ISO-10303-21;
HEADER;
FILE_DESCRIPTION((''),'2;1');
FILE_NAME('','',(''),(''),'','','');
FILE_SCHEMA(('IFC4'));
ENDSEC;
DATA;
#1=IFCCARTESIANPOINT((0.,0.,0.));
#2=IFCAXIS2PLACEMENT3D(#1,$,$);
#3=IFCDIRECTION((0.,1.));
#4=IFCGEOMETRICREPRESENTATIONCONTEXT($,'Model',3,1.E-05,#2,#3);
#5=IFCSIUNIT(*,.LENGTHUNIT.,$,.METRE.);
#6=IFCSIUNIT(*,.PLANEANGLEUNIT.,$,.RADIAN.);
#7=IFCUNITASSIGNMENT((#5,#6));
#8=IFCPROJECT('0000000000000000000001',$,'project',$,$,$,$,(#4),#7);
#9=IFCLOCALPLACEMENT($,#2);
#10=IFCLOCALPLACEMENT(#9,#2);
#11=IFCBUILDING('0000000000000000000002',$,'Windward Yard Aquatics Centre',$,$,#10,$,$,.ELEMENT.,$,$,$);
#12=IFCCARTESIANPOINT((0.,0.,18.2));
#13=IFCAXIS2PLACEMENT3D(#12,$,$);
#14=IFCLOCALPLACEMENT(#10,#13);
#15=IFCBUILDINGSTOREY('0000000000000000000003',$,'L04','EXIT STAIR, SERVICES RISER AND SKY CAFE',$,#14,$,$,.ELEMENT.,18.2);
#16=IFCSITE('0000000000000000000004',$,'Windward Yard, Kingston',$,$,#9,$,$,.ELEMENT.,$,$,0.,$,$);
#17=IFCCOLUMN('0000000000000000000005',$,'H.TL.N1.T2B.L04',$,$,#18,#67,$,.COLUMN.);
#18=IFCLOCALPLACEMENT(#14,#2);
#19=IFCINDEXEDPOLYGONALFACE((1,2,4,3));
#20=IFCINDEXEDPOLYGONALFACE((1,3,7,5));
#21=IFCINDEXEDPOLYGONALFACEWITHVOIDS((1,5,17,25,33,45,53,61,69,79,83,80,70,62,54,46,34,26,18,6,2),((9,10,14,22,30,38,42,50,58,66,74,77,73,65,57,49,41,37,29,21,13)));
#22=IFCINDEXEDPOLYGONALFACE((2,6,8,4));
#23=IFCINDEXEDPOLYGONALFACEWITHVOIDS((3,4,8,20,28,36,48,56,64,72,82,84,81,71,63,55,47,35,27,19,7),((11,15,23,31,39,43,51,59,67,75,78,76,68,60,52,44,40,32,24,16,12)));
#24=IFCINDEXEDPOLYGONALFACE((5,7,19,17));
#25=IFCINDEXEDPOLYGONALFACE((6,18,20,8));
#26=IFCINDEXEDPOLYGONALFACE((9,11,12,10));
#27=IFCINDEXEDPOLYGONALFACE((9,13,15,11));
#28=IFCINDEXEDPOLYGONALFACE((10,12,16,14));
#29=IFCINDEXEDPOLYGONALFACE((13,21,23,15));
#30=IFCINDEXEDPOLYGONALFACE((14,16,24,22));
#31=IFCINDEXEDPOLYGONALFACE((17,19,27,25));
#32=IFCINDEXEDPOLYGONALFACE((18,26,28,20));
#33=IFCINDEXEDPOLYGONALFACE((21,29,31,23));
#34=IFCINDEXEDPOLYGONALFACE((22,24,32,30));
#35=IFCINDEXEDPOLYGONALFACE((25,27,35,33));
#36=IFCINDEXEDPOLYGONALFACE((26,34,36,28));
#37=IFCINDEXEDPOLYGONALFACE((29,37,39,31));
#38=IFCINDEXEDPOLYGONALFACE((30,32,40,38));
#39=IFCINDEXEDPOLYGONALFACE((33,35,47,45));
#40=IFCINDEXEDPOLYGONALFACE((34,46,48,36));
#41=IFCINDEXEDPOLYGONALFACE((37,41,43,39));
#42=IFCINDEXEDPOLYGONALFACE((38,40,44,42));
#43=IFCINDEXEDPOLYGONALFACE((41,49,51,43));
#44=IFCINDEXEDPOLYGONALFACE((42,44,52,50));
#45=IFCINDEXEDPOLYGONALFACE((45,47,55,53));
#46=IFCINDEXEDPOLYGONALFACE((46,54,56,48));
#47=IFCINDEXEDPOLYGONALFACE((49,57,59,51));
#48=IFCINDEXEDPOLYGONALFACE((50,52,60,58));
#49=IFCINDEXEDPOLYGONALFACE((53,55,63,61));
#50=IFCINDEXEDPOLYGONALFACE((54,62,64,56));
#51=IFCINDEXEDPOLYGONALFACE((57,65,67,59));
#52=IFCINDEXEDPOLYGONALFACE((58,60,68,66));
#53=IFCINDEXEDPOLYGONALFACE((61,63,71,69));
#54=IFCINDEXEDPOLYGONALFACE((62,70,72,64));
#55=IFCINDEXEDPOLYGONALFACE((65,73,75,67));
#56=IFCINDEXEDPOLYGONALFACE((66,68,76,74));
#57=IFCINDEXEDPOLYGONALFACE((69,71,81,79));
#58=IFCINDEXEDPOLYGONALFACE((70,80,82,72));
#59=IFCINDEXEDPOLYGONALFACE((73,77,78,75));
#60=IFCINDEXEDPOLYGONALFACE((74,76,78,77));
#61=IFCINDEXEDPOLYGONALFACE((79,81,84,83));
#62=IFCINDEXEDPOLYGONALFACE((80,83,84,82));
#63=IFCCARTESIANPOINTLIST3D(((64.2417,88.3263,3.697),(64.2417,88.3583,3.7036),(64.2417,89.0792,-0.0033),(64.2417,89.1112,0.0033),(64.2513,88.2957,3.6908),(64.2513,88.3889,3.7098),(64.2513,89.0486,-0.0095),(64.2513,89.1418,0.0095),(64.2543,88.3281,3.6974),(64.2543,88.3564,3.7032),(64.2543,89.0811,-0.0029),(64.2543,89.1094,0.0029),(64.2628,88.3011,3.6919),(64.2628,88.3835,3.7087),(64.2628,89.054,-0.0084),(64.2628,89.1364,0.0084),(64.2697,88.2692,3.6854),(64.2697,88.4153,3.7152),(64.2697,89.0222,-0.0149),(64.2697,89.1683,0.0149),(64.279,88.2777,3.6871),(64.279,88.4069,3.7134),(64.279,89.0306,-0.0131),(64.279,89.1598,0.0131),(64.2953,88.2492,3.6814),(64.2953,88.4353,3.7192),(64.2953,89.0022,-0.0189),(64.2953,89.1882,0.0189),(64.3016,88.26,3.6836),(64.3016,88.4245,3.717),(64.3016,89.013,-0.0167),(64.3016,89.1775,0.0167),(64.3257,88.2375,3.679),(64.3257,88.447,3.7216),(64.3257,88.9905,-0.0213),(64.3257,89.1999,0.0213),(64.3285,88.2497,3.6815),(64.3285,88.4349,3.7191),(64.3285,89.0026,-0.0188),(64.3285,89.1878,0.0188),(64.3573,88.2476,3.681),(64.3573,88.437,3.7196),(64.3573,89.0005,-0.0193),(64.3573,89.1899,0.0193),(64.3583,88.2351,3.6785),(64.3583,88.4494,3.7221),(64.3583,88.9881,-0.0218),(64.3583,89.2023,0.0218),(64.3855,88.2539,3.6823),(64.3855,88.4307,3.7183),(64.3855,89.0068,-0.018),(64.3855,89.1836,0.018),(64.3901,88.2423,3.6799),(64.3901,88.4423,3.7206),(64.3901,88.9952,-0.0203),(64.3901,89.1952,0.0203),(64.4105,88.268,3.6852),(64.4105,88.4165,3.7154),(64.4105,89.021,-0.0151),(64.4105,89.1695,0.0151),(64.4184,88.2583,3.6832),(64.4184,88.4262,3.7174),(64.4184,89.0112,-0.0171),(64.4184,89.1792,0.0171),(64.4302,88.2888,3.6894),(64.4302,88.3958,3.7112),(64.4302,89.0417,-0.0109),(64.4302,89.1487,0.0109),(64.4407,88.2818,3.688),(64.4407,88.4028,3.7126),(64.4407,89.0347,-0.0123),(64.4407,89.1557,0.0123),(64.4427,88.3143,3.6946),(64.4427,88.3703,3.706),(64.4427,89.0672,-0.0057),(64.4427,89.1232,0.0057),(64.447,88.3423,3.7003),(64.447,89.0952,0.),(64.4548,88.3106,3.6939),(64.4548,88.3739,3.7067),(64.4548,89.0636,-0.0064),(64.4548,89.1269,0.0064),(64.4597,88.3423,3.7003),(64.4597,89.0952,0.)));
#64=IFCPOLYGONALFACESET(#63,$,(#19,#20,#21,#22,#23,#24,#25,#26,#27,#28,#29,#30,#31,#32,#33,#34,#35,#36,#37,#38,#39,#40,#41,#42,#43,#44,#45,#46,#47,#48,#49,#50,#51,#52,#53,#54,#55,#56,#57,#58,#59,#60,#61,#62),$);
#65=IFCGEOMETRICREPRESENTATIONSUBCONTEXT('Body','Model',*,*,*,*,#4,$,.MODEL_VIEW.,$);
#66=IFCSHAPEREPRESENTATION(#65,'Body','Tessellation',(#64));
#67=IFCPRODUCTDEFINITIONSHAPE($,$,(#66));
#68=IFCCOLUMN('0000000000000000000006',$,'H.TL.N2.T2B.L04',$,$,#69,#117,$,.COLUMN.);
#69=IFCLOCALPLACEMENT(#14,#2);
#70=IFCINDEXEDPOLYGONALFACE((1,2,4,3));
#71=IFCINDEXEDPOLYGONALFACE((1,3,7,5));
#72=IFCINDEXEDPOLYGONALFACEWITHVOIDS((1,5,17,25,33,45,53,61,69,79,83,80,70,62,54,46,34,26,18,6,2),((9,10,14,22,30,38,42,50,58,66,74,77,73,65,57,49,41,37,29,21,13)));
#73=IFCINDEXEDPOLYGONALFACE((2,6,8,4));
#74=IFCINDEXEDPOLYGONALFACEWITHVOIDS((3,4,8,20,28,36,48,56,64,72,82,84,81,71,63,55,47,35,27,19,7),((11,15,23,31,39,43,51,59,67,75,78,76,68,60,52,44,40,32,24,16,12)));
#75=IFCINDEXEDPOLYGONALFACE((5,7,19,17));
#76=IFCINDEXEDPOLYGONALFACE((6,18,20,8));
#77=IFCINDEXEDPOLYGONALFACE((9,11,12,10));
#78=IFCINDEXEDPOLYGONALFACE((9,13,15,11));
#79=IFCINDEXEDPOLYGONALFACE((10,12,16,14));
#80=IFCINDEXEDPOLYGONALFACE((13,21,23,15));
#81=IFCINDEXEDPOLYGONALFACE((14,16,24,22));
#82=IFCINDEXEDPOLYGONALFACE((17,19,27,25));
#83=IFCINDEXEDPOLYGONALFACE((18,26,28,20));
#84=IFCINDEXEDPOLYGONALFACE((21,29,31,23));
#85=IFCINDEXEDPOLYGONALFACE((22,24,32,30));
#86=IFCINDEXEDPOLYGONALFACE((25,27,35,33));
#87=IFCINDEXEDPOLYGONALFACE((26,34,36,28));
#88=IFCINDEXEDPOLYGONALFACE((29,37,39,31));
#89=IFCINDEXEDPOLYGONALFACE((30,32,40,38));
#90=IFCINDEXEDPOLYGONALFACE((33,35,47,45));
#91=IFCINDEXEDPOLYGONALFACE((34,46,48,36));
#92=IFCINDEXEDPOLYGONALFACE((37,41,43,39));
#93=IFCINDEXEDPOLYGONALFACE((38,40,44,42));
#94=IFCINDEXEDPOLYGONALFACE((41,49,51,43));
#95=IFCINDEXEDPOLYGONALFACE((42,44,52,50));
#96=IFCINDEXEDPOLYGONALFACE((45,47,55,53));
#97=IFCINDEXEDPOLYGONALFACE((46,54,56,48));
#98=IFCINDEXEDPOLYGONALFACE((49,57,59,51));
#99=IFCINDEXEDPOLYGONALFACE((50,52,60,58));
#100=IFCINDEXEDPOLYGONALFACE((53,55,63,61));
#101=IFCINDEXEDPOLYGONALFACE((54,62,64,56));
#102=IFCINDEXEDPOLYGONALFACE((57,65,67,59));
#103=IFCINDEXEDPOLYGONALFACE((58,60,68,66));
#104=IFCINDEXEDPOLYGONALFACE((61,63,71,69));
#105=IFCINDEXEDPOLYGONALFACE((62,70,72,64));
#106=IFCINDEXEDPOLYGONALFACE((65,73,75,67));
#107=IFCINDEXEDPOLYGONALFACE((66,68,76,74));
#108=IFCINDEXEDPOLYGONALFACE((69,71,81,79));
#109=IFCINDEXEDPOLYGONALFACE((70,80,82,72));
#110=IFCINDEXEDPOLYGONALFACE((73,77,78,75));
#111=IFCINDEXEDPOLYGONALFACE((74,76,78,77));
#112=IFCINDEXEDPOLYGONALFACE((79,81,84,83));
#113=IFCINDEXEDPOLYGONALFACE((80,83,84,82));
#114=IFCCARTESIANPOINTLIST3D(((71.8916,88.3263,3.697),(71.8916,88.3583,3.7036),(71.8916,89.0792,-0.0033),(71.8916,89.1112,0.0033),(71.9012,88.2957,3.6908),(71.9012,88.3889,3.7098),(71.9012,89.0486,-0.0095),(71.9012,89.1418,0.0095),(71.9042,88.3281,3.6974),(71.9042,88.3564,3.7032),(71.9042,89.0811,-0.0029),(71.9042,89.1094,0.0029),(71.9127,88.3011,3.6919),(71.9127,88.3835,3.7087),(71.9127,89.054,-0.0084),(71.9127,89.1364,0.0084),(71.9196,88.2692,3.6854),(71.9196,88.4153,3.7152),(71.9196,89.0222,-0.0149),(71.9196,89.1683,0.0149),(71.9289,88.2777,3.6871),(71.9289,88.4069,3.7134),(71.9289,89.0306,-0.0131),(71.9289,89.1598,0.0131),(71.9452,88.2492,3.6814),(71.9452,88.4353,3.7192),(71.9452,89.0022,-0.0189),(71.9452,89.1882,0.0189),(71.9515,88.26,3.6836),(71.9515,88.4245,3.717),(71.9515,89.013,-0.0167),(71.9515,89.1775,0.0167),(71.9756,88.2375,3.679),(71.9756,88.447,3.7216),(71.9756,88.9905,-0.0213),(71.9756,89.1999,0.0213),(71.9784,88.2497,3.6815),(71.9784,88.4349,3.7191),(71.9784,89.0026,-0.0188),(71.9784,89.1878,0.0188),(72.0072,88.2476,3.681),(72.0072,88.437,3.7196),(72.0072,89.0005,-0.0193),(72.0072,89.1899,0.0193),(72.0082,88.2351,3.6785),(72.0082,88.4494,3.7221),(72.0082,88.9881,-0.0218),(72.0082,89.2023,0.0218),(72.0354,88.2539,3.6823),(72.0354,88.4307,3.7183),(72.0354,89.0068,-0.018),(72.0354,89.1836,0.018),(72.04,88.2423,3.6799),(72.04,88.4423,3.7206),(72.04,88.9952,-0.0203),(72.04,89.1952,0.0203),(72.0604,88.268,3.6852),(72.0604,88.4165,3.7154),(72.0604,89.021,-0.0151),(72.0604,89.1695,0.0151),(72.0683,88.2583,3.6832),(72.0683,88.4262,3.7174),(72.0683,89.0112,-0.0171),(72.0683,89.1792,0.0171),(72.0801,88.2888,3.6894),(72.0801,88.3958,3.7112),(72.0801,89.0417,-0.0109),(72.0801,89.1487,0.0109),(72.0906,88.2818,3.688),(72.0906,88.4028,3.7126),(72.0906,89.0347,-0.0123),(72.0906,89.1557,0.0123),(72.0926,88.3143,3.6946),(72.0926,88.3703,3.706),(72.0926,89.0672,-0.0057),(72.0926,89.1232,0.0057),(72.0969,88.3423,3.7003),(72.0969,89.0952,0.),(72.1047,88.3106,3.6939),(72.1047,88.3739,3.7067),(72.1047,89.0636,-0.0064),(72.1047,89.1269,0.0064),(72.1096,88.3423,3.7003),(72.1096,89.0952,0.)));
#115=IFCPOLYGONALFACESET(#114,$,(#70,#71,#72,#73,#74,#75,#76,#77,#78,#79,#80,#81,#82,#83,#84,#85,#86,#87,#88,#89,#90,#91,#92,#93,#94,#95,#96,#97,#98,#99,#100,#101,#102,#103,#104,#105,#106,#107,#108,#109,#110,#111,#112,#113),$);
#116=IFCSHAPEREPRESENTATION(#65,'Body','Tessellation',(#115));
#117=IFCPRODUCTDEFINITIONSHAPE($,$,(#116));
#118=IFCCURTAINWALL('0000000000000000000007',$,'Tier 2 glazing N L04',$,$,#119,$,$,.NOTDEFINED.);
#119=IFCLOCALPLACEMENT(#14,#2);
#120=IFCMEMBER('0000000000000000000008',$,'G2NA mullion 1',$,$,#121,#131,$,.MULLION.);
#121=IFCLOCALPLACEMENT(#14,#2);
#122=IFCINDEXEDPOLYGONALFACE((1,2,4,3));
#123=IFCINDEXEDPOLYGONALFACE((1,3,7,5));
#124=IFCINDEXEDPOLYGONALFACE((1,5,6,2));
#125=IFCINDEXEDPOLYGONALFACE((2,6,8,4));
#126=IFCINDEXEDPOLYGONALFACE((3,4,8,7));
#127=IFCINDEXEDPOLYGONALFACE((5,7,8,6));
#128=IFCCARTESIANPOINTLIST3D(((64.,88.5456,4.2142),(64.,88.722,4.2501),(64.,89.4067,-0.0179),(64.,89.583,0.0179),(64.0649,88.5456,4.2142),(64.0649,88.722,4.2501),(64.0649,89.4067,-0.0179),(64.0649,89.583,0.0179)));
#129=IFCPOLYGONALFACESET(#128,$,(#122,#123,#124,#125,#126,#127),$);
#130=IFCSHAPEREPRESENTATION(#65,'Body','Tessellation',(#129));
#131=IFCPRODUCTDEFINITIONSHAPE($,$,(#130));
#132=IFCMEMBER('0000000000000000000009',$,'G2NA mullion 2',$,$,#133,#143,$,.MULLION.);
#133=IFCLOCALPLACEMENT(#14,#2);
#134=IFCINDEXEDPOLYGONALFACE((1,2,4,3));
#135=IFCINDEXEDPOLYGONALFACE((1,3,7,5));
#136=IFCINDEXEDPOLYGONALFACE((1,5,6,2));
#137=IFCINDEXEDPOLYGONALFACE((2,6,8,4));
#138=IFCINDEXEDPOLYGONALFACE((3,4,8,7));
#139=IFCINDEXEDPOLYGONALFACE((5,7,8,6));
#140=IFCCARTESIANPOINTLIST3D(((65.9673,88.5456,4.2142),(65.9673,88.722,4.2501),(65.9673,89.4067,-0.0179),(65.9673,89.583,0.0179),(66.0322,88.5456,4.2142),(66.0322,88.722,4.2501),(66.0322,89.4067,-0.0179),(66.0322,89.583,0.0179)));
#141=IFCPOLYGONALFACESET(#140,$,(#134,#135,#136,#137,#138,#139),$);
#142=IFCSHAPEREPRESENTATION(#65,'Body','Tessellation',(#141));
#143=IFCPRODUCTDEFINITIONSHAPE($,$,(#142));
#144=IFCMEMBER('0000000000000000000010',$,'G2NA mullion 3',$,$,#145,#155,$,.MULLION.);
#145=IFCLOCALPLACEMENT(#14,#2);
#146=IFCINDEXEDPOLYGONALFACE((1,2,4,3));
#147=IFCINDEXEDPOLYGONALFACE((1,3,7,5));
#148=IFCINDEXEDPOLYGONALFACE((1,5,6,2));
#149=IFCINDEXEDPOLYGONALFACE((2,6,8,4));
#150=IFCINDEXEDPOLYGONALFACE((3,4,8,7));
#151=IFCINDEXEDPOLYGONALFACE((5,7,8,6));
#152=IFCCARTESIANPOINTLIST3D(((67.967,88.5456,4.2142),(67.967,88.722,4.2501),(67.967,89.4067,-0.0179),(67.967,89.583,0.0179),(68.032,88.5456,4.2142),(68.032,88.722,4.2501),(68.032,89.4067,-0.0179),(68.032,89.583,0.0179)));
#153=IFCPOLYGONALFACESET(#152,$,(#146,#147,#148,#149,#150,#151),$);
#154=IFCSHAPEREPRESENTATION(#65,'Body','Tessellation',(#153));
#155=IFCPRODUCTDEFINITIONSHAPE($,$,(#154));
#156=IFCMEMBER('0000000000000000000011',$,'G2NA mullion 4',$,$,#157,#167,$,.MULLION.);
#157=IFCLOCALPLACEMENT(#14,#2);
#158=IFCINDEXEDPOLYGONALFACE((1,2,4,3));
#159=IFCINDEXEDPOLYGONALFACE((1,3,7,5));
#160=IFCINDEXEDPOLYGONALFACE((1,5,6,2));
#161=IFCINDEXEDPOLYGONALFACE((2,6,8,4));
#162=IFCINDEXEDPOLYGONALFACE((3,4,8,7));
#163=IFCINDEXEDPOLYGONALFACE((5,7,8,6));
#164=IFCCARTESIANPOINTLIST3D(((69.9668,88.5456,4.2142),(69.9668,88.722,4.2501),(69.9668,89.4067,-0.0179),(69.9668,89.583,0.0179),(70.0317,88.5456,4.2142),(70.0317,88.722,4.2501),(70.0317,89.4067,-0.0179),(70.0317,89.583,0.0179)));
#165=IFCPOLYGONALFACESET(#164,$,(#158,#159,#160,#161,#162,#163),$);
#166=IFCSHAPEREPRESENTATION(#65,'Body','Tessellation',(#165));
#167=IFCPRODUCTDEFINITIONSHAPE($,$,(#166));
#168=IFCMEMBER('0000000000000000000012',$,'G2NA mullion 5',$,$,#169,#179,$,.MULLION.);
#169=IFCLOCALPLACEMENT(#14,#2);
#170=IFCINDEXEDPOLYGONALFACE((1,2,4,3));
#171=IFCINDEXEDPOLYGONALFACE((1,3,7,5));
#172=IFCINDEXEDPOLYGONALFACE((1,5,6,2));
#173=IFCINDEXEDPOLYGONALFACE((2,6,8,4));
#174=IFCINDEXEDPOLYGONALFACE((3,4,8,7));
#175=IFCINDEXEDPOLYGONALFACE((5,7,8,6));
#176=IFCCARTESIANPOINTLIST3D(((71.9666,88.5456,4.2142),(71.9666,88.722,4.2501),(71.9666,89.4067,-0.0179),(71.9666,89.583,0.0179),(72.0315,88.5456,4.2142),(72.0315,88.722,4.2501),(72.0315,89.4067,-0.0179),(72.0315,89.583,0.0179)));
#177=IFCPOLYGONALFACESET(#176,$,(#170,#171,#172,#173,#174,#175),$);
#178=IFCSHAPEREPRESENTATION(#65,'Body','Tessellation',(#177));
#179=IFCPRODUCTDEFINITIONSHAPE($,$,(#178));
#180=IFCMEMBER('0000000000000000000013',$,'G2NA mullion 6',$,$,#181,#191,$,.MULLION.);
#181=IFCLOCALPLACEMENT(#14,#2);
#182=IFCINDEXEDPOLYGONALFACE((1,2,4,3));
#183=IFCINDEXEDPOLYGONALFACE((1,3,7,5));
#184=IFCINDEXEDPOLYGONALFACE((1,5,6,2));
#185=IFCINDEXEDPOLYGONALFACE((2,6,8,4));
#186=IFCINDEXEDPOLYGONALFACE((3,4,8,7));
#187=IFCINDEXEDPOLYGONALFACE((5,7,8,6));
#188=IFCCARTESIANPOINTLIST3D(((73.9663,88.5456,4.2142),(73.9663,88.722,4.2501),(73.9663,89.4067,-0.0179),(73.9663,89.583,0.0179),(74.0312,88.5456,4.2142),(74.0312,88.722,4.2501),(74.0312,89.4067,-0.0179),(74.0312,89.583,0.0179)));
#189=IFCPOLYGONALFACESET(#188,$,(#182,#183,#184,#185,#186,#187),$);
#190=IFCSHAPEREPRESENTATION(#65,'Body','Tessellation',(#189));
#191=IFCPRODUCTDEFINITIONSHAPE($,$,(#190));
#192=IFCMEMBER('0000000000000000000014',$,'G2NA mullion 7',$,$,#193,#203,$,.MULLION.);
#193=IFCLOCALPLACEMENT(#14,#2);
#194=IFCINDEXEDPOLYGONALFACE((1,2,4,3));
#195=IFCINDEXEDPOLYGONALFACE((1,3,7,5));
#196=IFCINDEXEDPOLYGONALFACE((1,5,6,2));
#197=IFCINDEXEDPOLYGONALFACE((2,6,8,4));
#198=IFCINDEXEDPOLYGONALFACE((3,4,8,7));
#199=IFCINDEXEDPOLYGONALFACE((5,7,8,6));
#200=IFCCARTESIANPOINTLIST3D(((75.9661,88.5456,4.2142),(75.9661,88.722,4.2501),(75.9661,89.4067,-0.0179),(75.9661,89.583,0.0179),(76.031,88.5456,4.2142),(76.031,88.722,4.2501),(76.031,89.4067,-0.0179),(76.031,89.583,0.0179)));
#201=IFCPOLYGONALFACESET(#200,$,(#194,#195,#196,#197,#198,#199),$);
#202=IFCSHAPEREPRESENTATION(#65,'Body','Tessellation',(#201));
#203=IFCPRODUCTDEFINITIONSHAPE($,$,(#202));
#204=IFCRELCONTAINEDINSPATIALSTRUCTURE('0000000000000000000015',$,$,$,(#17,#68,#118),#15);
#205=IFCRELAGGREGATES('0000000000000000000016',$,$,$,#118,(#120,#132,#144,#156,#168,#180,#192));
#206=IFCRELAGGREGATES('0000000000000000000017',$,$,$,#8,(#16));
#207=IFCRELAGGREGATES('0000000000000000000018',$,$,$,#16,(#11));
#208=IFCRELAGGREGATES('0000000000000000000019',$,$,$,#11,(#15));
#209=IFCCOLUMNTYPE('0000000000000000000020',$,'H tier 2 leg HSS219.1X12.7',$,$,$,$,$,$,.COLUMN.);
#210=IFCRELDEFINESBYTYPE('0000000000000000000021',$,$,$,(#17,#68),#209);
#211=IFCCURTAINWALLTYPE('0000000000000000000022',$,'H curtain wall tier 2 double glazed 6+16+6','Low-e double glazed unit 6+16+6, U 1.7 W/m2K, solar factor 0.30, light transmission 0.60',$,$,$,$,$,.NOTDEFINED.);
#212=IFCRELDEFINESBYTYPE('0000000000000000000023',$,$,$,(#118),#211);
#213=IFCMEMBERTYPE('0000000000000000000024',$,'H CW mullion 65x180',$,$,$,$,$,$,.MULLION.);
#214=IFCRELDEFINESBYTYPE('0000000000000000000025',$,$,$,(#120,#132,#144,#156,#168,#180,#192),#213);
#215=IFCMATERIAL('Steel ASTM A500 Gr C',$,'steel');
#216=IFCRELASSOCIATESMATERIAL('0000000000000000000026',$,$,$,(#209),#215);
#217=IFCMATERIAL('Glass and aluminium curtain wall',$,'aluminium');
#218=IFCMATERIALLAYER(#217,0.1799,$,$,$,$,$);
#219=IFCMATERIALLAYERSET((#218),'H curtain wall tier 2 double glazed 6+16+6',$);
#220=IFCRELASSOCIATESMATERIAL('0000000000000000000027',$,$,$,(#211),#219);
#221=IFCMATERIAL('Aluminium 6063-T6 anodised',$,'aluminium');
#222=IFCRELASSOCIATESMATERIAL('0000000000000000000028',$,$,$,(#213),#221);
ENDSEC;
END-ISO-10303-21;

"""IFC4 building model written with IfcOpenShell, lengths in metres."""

from ifc_helpers import new_model, si_unit, direction, frame, origin, origin_2d, place, context, subcontext, project, spatial, rectangle, hollow_circle, extrude, material, layer, layer_set, material_profile, profile_set, type_object, element, aggregate, save


model = new_model("IFC4")

# Units and contexts
model_context = context("Model", 3, precision=1e-05, world=origin(), true_north=direction((0.0, 1.0)))
body_context = subcontext(model_context, "Body", "Model", "MODEL_VIEW")
ifc_project = project(units=[si_unit("LENGTHUNIT", "METRE"), si_unit("PLANEANGLEUNIT", "RADIAN")], contexts=[model_context])

# Site, building, storey
site_placement = place(None, origin())
site = spatial("IfcSite", under=ifc_project, at=site_placement, Name="Windward Yard, Kingston", CompositionType="ELEMENT", RefElevation=0.0)
building_placement = place(site_placement, origin())
building = spatial("IfcBuilding", under=site, at=building_placement, Name="Windward Yard Aquatics Centre", CompositionType="ELEMENT")
storey_placement = place(building_placement, frame((0.0, 0.0, 18.2)))
storey = spatial("IfcBuildingStorey", under=building, at=storey_placement, Name="L04", Description="EXIT STAIR, SERVICES RISER AND SKY CAFE", CompositionType="ELEMENT", Elevation=18.2)

# Columns
ifc_material_1 = material(Name="Steel ASTM A500 Gr C", Category="steel")
ifc_material_profile_1 = material_profile(ifc_material_1, hollow_circle(Radius=0.1096, WallThickness=0.0127, at=origin_2d()), Name="HSS219.1X12.7")
ifc_profile_set_1 = profile_set([ifc_material_profile_1], Name="Steel ASTM A500 Gr C")
column_type = type_object("IfcColumnType", Name="H tier 2 leg HSS219.1X12.7", PredefinedType="COLUMN", material=ifc_profile_set_1)
for number, where, z_axis, x_axis, name in (
    (1, (64.3501, 89.0952, 0.0), (0.0, -0.199398, 0.979919), (1.0, 0.0, 0.0), "H.TL.N1.T2B.L04"),
    (2, (72.0, 89.0952, 0.0), (0.0, -0.199398, 0.979919), (1.0, 0.0, 0.0), "H.TL.N2.T2B.L04"),
):
    element("IfcColumn", number, at=place(storey_placement, frame(where, z_axis=z_axis, x_axis=x_axis)), inside=storey, type_object=column_type, Name=name, PredefinedType="COLUMN", context=body_context, shape_type="SweptSolid", body=[
        extrude(hollow_circle(Radius=0.1096, WallThickness=0.0127, at=origin_2d()), origin(), (0.0, 0.0, 1.0), 3.7761),
    ])

# Curtain wall, members
ifc_material_2 = material(Name="Glass and aluminium curtain wall", Category="aluminium")
ifc_layer_1 = layer(ifc_material_2, 0.1799)
ifc_layer_set_1 = layer_set([ifc_layer_1], Name="H curtain wall tier 2 double glazed 6+16+6")
curtain_wall_type = type_object("IfcCurtainWallType", Name="H curtain wall tier 2 double glazed 6+16+6", Description="Low-e double glazed unit 6+16+6, U 1.7 W/m2K, solar factor 0.30, light transmission 0.60", PredefinedType="NOTDEFINED", material=ifc_layer_set_1)
curtain_wall_placement = place(storey_placement, origin())
curtain_wall = element("IfcCurtainWall", 3, at=curtain_wall_placement, inside=storey, type_object=curtain_wall_type, Name="Tier 2 glazing N L04", PredefinedType="NOTDEFINED")
ifc_material_3 = material(Name="Aluminium 6063-T6 anodised", Category="aluminium")
ifc_material_profile_2 = material_profile(ifc_material_3, rectangle(XDim=0.0649, YDim=0.1799, at=origin_2d()), Name="H CW mullion 65x180")
ifc_profile_set_2 = profile_set([ifc_material_profile_2], Name="Aluminium 6063-T6 anodised")
member_type_1 = type_object("IfcMemberType", Name="H CW mullion 65x180", PredefinedType="MULLION", material=ifc_profile_set_2)
member_1_placement = place(storey_placement, frame((64.0325, 89.4949, 0.0), z_axis=(0.0, -0.199376, 0.979923), x_axis=(1.0, 0.0, 0.0)))
member_1 = element("IfcMember", 4, at=member_1_placement, type_object=member_type_1, Name="G2NA mullion 1", PredefinedType="MULLION", context=body_context, shape_type="SweptSolid", body=[
    extrude(rectangle(XDim=0.0649, YDim=0.1799, at=origin_2d()), origin(), (0.0, 0.0, 1.0), 4.3188),
])
member_2_placement = place(storey_placement, frame((65.9998, 89.4949, 0.0), z_axis=(0.0, -0.199376, 0.979923), x_axis=(1.0, 0.0, 0.0)))
member_2 = element("IfcMember", 5, at=member_2_placement, type_object=member_type_1, Name="G2NA mullion 2", PredefinedType="MULLION", context=body_context, shape_type="SweptSolid", body=[
    extrude(rectangle(XDim=0.0649, YDim=0.1799, at=origin_2d()), origin(), (0.0, 0.0, 1.0), 4.3188),
])
member_3_placement = place(storey_placement, frame((67.9995, 89.4949, 0.0), z_axis=(0.0, -0.199376, 0.979923), x_axis=(1.0, 0.0, 0.0)))
member_3 = element("IfcMember", 6, at=member_3_placement, type_object=member_type_1, Name="G2NA mullion 3", PredefinedType="MULLION", context=body_context, shape_type="SweptSolid", body=[
    extrude(rectangle(XDim=0.0649, YDim=0.1799, at=origin_2d()), origin(), (0.0, 0.0, 1.0), 4.3188),
])
member_4_placement = place(storey_placement, frame((69.9993, 89.4949, 0.0), z_axis=(0.0, -0.199376, 0.979923), x_axis=(1.0, 0.0, 0.0)))
member_4 = element("IfcMember", 7, at=member_4_placement, type_object=member_type_1, Name="G2NA mullion 4", PredefinedType="MULLION", context=body_context, shape_type="SweptSolid", body=[
    extrude(rectangle(XDim=0.0649, YDim=0.1799, at=origin_2d()), origin(), (0.0, 0.0, 1.0), 4.3188),
])
member_5_placement = place(storey_placement, frame((71.999, 89.4949, 0.0), z_axis=(0.0, -0.199376, 0.979923), x_axis=(1.0, 0.0, 0.0)))
member_5 = element("IfcMember", 8, at=member_5_placement, type_object=member_type_1, Name="G2NA mullion 5", PredefinedType="MULLION", context=body_context, shape_type="SweptSolid", body=[
    extrude(rectangle(XDim=0.0649, YDim=0.1799, at=origin_2d()), origin(), (0.0, 0.0, 1.0), 4.3188),
])
member_6_placement = place(storey_placement, frame((73.9988, 89.4949, 0.0), z_axis=(0.0, -0.199376, 0.979923), x_axis=(1.0, 0.0, 0.0)))
member_6 = element("IfcMember", 9, at=member_6_placement, type_object=member_type_1, Name="G2NA mullion 6", PredefinedType="MULLION", context=body_context, shape_type="SweptSolid", body=[
    extrude(rectangle(XDim=0.0649, YDim=0.1799, at=origin_2d()), origin(), (0.0, 0.0, 1.0), 4.3188),
])
member_7_placement = place(storey_placement, frame((75.9985, 89.4949, 0.0), z_axis=(0.0, -0.199376, 0.979923), x_axis=(1.0, 0.0, 0.0)))
member_7 = element("IfcMember", 10, at=member_7_placement, type_object=member_type_1, Name="G2NA mullion 7", PredefinedType="MULLION", context=body_context, shape_type="SweptSolid", body=[
    extrude(rectangle(XDim=0.0649, YDim=0.1799, at=origin_2d()), origin(), (0.0, 0.0, 1.0), 4.3188),
])

aggregate(curtain_wall, [member_1, member_2, member_3, member_4, member_5, member_6, member_7])

save(model, "model.ifc")
